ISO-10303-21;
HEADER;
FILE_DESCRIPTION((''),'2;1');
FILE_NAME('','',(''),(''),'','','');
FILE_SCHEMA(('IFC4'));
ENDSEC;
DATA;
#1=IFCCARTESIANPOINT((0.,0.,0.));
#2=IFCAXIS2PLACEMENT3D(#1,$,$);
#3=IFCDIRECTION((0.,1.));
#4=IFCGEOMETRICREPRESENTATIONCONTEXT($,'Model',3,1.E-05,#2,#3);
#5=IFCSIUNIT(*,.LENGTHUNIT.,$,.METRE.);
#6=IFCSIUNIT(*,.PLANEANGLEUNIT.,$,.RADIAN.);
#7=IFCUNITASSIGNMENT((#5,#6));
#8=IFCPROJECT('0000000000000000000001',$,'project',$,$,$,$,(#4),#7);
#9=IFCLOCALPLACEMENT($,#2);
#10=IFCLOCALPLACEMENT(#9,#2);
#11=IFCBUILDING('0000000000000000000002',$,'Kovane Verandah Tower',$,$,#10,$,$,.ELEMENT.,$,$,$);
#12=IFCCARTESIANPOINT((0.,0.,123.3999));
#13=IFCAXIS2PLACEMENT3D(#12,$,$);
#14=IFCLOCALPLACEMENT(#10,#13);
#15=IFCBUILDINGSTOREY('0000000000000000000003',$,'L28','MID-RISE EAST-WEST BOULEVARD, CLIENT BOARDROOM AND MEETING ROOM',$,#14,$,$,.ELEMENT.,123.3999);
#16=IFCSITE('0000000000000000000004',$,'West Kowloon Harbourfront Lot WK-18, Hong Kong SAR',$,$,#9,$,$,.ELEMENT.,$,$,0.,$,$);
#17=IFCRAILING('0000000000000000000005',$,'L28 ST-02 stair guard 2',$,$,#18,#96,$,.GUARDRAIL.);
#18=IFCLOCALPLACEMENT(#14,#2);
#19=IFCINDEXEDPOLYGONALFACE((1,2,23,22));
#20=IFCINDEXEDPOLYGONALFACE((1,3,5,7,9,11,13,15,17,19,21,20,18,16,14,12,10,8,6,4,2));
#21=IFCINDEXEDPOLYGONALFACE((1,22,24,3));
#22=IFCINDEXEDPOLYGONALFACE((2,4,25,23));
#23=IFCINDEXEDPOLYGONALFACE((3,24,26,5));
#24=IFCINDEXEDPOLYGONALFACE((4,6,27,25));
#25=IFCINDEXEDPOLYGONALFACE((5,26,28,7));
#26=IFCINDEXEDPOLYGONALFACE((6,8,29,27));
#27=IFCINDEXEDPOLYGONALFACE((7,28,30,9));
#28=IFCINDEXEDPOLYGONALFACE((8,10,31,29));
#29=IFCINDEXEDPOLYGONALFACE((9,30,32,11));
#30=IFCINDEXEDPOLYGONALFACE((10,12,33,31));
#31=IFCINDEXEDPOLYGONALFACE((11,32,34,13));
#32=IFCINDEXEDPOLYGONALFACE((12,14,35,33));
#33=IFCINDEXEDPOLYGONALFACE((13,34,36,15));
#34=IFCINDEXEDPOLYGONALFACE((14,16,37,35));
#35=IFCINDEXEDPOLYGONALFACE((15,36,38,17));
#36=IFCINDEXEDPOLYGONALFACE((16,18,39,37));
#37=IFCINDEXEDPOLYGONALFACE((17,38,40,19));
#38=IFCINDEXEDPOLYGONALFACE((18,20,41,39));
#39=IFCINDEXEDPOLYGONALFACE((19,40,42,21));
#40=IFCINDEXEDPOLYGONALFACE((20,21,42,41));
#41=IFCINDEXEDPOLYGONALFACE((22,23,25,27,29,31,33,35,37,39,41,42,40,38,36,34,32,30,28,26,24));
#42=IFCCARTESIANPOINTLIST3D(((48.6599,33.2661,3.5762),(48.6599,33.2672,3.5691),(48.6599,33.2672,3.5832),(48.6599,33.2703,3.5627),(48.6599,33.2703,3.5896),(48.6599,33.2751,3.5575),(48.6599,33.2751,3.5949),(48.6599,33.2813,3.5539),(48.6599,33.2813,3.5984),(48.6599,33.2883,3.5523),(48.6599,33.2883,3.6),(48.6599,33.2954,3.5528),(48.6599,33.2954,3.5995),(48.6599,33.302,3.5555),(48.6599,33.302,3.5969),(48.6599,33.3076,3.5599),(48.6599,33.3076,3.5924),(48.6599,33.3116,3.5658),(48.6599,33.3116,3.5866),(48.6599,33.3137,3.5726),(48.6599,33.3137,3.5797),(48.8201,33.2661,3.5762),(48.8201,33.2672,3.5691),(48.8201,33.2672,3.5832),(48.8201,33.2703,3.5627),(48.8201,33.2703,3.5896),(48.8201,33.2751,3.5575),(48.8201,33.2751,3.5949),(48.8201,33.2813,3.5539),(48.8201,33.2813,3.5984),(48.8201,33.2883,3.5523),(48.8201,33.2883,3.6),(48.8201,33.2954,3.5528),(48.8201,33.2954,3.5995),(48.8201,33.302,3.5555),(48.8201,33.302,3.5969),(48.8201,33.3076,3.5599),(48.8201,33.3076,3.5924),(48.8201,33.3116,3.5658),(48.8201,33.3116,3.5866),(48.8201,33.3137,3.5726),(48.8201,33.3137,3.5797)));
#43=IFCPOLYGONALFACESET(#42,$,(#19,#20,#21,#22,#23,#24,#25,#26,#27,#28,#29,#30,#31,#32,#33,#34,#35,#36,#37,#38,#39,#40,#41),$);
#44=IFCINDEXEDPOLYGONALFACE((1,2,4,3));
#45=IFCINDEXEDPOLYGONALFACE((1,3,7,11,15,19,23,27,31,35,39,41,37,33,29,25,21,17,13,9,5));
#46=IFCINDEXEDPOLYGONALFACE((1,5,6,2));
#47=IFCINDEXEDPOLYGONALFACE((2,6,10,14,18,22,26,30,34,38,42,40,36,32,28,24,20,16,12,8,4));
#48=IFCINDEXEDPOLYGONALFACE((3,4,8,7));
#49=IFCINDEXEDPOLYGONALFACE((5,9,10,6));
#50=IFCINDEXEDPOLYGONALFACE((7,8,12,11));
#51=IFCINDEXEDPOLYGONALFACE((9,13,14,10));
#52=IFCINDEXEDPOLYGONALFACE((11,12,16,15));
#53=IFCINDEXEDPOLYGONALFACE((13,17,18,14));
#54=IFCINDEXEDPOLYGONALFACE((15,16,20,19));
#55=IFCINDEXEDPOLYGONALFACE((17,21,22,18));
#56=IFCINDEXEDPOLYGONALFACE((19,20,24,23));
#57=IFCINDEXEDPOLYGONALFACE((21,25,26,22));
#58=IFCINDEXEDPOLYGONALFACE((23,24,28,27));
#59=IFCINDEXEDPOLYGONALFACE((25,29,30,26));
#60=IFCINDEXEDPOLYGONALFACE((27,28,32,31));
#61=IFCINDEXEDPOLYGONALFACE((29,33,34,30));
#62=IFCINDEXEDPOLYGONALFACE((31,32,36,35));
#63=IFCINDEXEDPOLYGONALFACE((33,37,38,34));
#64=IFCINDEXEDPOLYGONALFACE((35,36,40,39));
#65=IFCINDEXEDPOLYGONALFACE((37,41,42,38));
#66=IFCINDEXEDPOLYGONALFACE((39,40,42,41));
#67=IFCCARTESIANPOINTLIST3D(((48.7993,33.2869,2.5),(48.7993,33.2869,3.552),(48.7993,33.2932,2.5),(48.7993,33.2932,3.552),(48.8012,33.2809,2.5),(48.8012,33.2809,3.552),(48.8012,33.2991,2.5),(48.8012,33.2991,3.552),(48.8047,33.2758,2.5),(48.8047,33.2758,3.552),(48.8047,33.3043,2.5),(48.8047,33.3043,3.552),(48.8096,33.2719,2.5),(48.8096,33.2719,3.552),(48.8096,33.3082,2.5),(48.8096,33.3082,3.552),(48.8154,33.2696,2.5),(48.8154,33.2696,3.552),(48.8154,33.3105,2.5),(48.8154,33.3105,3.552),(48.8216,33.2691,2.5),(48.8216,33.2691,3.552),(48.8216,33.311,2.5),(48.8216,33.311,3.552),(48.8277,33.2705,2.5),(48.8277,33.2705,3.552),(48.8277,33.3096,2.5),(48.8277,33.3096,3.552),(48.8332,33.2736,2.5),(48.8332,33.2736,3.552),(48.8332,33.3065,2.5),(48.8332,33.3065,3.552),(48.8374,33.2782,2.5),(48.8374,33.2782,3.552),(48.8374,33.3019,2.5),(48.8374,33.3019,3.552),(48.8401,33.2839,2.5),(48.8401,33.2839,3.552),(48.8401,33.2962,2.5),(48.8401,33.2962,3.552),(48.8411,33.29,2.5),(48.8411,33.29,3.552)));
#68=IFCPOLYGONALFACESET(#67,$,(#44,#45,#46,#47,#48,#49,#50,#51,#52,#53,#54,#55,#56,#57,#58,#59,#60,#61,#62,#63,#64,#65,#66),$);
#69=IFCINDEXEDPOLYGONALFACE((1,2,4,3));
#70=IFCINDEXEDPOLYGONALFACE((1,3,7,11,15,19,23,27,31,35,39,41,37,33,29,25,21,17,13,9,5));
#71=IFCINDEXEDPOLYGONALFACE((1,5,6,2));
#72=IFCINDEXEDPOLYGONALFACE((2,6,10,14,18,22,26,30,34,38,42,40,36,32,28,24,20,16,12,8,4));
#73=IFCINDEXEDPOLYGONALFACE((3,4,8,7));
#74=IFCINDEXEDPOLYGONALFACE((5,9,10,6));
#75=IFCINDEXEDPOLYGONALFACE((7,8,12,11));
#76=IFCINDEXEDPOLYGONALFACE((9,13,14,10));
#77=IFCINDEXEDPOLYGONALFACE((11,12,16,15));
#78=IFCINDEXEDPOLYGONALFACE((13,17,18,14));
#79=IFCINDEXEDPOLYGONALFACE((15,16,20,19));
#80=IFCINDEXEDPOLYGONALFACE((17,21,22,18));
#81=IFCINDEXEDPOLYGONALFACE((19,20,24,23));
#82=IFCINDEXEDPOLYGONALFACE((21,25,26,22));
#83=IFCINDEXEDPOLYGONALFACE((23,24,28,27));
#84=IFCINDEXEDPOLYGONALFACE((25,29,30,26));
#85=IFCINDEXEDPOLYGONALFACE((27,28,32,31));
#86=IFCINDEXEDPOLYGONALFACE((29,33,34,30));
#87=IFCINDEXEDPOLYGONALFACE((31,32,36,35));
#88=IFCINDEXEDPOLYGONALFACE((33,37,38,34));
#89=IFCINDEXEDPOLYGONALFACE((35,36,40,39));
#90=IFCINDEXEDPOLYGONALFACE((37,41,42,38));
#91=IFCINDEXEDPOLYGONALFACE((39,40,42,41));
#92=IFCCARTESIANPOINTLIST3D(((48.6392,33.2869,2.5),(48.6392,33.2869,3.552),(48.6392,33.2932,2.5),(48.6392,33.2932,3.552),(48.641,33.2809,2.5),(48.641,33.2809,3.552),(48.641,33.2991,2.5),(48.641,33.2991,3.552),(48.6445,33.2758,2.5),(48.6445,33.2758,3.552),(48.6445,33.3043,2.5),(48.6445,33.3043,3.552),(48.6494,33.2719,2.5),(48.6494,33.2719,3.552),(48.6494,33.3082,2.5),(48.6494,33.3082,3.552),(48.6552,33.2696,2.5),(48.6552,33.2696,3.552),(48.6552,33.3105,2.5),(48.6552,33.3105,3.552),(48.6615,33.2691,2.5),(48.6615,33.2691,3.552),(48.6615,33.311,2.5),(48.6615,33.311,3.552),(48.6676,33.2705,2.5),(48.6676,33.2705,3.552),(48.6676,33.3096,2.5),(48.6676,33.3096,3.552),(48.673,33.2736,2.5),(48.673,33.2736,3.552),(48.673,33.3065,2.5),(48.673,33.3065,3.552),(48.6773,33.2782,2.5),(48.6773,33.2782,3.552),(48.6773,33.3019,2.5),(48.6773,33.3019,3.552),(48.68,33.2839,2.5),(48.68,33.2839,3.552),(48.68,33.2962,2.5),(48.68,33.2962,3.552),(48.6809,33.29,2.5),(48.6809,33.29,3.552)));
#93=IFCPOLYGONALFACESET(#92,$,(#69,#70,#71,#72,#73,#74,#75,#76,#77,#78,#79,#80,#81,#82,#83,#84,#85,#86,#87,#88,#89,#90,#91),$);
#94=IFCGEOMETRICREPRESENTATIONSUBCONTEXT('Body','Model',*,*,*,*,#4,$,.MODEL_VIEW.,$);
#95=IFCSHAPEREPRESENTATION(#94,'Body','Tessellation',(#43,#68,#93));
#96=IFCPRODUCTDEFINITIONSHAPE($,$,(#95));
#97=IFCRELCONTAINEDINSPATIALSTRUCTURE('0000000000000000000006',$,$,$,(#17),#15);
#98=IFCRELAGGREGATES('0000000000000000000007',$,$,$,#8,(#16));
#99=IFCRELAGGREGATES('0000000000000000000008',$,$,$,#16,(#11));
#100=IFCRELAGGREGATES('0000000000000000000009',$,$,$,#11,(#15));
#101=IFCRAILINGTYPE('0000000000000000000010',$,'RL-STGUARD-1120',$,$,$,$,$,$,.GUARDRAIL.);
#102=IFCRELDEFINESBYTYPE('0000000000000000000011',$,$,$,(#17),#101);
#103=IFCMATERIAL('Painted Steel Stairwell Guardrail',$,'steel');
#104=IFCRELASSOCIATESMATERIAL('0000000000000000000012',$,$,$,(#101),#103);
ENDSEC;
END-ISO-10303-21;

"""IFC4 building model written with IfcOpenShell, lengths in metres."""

from ifc_helpers import new_model, si_unit, direction, frame, origin, origin_2d, place, context, subcontext, project, spatial, circle, extrude, material, type_object, element, save


model = new_model("IFC4")

# Units and contexts
model_context = context("Model", 3, precision=1e-05, world=origin(), true_north=direction((0.0, 1.0)))
body_context = subcontext(model_context, "Body", "Model", "MODEL_VIEW")
ifc_project = project(units=[si_unit("LENGTHUNIT", "METRE"), si_unit("PLANEANGLEUNIT", "RADIAN")], contexts=[model_context])

# Site, building, storey
site_placement = place(None, origin())
site = spatial("IfcSite", under=ifc_project, at=site_placement, Name="West Kowloon Harbourfront Lot WK-18, Hong Kong SAR", CompositionType="ELEMENT", RefElevation=0.0)
building_placement = place(site_placement, origin())
building = spatial("IfcBuilding", under=site, at=building_placement, Name="Kovane Verandah Tower", CompositionType="ELEMENT")
storey_placement = place(building_placement, frame((0.0, 0.0, 123.3999)))
storey = spatial("IfcBuildingStorey", under=building, at=storey_placement, Name="L28", Description="MID-RISE EAST-WEST BOULEVARD, CLIENT BOARDROOM AND MEETING ROOM", CompositionType="ELEMENT", Elevation=123.3999)

# Railing
ifc_material_1 = material(Name="Painted Steel Stairwell Guardrail", Category="steel")
railing_type_1 = type_object("IfcRailingType", Name="RL-STGUARD-1120", PredefinedType="GUARDRAIL", material=ifc_material_1)
railing_1_placement = place(storey_placement, frame((48.8201, 33.29, 2.5)))
element("IfcRailing", 1, at=railing_1_placement, inside=storey, type_object=railing_type_1, Name="L28 ST-02 stair guard 2", PredefinedType="GUARDRAIL", context=body_context, shape_type="SweptSolid", body=[
    extrude(circle(Radius=0.0239, at=origin_2d()), frame((0.0, 0.0, 1.0762), z_axis=(-1.0, 0.0, 0.0), x_axis=(0.0, -1.0, 0.0)), (0.0, 0.0, 1.0), 0.1602),
    extrude(circle(Radius=0.021, at=origin_2d()), origin(), (0.0, 0.0, 1.0), 1.052),
    extrude(circle(Radius=0.021, at=origin_2d()), frame((-0.1602, 0.0, 0.0)), (0.0, 0.0, 1.0), 1.052),
])

save(model, "model.ifc")
